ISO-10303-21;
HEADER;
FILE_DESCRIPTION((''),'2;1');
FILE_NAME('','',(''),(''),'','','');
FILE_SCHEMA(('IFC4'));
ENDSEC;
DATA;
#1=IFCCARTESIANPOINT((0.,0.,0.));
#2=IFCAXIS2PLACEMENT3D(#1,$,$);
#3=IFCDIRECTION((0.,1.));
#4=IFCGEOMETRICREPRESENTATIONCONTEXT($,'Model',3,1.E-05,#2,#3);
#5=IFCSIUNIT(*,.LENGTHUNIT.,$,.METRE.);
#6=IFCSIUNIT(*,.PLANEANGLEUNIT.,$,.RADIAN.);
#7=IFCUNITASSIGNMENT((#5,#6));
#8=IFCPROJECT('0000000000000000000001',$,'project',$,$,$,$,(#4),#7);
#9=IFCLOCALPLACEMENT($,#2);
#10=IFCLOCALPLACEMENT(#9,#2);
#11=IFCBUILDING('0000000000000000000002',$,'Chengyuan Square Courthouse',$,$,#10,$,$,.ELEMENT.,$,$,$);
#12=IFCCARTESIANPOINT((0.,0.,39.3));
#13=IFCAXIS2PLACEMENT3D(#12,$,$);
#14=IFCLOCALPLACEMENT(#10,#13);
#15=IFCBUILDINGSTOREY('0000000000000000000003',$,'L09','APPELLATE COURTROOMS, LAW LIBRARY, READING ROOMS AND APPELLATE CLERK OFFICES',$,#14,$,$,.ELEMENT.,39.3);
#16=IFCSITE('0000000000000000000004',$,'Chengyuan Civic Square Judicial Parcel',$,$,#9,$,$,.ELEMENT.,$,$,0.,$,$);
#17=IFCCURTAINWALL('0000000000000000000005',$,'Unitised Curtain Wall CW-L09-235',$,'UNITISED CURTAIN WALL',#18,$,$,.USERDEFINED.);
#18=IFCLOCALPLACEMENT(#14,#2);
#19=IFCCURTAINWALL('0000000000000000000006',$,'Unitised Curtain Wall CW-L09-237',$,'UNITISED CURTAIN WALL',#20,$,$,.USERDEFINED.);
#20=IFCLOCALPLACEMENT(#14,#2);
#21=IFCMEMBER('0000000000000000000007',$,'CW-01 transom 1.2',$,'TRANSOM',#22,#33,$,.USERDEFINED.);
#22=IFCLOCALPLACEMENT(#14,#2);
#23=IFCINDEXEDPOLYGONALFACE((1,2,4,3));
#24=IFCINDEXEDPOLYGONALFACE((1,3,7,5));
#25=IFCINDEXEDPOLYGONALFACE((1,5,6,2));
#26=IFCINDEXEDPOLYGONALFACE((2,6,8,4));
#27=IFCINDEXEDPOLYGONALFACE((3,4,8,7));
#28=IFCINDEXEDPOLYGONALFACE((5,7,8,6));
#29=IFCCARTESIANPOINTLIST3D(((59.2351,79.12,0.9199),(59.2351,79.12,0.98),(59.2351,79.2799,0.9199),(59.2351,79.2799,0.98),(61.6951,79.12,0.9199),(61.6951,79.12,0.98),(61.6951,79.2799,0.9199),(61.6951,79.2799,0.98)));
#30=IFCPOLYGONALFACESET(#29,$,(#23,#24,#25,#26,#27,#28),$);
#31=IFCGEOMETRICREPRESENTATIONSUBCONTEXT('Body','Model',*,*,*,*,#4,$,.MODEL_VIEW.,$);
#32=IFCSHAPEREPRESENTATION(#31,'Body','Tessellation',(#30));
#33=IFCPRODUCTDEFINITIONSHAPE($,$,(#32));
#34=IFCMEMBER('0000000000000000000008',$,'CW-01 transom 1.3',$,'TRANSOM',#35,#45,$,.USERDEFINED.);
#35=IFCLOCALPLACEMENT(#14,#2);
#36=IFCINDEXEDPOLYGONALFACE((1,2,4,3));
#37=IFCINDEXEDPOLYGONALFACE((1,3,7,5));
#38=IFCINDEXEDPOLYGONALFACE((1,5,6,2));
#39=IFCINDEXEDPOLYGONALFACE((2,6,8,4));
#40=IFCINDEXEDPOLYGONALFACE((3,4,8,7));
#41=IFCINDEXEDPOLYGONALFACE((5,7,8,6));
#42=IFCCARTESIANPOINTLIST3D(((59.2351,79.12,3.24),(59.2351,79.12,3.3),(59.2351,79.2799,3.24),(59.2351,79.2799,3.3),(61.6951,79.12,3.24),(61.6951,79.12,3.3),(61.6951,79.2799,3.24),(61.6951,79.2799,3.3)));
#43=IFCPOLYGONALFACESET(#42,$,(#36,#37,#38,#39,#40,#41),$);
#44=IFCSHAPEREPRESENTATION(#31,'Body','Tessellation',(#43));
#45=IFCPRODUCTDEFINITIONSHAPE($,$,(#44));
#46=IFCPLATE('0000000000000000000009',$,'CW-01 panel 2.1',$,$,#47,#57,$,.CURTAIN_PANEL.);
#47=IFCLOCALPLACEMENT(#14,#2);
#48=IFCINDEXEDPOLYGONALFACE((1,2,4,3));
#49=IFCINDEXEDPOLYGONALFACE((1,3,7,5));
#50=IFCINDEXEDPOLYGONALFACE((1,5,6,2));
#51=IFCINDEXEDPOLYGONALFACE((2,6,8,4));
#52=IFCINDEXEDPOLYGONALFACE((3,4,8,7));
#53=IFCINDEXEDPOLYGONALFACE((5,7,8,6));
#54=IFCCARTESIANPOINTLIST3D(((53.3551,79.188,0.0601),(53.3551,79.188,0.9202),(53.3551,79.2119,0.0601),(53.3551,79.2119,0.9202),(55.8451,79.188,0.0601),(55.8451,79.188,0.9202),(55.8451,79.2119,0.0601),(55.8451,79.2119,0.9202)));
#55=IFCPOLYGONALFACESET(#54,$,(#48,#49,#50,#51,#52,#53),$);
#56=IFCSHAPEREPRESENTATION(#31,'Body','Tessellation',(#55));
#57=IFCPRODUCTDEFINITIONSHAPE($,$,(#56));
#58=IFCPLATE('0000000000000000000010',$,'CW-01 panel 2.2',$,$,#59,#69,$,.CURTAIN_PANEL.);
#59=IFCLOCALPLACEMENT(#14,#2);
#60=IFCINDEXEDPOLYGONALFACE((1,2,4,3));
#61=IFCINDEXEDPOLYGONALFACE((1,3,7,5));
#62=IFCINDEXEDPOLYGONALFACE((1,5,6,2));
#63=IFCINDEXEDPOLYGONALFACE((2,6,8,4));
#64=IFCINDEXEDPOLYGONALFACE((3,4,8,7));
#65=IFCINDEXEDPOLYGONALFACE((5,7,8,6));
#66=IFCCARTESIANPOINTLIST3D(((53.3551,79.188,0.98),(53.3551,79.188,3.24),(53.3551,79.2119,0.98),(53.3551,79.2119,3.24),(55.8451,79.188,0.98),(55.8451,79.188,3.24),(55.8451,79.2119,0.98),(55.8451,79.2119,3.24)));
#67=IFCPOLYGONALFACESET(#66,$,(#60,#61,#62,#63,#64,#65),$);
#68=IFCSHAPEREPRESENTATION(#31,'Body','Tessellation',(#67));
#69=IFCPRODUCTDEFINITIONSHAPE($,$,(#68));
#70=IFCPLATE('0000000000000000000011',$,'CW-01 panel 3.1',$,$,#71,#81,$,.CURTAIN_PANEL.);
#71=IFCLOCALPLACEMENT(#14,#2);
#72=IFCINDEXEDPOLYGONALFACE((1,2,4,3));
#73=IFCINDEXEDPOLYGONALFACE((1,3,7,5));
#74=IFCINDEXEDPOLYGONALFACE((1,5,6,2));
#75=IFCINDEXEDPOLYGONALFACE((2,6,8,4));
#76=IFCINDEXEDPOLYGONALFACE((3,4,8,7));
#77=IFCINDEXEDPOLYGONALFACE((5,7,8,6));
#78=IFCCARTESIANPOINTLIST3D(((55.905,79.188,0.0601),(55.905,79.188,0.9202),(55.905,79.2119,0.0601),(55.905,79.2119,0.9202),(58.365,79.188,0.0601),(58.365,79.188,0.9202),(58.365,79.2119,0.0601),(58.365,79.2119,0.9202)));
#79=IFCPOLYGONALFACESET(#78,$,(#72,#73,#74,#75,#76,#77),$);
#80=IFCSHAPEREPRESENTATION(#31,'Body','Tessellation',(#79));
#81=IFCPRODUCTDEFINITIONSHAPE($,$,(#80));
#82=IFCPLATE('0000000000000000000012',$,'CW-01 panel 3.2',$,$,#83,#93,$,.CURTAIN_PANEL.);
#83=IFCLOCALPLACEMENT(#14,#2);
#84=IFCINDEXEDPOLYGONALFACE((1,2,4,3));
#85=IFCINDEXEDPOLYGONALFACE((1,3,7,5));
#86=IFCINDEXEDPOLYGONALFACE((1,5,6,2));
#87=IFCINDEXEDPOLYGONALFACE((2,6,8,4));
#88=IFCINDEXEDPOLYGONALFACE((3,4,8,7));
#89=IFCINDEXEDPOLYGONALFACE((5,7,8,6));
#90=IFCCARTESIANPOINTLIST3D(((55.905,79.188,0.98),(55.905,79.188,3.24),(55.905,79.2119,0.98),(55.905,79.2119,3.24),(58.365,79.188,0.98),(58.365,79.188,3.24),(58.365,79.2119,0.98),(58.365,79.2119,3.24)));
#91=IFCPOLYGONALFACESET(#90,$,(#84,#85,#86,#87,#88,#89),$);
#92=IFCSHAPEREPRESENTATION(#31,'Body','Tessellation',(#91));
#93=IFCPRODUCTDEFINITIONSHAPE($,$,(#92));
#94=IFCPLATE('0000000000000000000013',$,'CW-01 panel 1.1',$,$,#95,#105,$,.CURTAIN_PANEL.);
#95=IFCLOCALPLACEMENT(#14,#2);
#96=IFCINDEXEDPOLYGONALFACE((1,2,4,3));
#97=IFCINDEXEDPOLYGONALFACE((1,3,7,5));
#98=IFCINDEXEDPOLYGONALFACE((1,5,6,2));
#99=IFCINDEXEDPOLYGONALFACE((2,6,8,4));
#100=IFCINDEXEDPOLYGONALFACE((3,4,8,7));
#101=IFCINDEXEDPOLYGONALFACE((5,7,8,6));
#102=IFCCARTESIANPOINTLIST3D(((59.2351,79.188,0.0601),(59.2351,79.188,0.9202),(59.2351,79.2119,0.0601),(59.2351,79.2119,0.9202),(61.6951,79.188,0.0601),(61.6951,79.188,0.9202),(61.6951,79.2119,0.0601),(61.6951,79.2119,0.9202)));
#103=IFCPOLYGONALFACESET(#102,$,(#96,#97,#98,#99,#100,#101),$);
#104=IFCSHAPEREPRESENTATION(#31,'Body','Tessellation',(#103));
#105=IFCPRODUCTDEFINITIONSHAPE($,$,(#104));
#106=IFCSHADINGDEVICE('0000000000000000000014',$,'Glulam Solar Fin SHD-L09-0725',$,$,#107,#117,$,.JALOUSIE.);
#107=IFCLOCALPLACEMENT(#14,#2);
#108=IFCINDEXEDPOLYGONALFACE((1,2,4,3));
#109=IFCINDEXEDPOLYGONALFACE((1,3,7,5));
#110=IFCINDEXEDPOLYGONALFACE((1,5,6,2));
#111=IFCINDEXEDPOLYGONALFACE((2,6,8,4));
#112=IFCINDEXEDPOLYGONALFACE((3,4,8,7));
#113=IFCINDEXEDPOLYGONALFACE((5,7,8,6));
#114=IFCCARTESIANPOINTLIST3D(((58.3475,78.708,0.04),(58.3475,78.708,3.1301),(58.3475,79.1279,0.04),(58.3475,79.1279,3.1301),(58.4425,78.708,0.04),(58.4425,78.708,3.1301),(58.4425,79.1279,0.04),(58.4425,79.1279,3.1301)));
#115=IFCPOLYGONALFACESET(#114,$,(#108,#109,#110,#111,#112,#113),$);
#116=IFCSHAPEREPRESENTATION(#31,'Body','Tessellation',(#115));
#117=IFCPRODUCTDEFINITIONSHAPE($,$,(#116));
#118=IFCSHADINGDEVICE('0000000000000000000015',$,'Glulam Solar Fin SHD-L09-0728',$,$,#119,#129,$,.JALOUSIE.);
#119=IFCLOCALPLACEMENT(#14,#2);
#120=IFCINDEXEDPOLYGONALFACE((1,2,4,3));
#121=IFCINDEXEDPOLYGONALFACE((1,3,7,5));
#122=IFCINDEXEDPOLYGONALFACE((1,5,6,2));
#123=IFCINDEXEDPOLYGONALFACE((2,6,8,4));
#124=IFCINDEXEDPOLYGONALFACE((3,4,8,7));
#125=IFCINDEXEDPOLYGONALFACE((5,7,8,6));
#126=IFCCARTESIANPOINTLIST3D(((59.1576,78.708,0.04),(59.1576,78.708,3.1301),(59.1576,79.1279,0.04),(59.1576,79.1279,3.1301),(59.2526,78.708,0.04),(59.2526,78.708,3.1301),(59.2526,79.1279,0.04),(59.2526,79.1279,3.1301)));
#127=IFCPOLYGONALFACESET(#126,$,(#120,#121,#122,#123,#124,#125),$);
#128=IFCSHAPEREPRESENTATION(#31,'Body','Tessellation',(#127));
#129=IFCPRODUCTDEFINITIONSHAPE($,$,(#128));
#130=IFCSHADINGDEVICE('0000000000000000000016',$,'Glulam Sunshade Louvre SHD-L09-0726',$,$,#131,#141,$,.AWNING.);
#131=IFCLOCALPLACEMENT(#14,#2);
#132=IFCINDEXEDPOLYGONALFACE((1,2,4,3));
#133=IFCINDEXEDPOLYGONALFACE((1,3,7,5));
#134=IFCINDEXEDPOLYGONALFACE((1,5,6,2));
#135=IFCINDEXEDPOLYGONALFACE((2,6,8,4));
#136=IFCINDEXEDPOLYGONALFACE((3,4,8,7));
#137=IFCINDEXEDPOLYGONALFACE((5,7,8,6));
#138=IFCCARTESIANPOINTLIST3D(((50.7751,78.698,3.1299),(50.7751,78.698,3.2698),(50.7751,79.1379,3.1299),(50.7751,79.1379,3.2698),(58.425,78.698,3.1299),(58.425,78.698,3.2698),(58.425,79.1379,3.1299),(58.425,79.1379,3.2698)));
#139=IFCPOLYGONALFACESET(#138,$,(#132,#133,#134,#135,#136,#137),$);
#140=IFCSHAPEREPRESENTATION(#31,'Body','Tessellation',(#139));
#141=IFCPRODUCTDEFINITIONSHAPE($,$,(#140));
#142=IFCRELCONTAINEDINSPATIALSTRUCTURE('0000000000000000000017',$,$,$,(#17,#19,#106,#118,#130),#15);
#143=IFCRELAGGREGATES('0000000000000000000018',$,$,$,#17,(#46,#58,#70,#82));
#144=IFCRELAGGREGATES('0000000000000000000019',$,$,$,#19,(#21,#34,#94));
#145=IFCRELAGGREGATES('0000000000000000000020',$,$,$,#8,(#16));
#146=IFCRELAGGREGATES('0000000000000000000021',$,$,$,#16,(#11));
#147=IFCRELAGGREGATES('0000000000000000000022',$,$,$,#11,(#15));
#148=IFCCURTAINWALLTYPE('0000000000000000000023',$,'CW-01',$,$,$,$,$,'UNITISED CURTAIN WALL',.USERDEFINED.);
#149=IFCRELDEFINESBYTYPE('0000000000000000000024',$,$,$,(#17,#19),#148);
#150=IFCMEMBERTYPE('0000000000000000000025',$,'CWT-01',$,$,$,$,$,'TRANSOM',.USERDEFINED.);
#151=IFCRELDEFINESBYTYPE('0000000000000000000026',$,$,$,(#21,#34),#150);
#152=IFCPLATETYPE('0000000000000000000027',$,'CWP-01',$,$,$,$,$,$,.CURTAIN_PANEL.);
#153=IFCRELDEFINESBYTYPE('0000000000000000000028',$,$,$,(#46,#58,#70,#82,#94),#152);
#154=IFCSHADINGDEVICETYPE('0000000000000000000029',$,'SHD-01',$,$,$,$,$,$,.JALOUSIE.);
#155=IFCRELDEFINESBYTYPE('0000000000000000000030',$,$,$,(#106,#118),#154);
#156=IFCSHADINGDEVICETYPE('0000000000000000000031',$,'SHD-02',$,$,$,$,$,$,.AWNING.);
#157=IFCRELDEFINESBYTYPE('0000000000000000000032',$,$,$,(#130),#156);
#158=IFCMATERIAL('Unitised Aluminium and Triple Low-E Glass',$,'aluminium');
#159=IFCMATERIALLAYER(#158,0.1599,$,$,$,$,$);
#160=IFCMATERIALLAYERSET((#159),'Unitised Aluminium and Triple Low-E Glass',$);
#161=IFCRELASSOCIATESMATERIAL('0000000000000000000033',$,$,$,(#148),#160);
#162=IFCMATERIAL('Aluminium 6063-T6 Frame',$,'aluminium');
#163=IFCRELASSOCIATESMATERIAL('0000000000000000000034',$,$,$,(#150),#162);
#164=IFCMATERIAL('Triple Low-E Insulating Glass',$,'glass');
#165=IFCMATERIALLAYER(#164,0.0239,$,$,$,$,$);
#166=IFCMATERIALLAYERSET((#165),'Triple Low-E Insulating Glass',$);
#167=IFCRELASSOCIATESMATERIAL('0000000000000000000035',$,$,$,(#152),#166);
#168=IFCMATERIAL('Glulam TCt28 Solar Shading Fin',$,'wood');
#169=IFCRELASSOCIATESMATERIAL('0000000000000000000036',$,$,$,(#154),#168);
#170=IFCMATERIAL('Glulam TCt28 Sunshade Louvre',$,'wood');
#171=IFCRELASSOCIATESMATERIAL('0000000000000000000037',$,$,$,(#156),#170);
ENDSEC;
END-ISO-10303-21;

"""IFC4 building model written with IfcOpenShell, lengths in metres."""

from ifc_helpers import new_model, si_unit, direction, frame, origin, origin_2d, place, context, subcontext, project, spatial, rectangle, extrude, material, layer, layer_set, material_profile, profile_set, type_object, element, aggregate, save


model = new_model("IFC4")

# Units and contexts
model_context = context("Model", 3, precision=1e-05, world=origin(), true_north=direction((0.0, 1.0)))
body_context = subcontext(model_context, "Body", "Model", "MODEL_VIEW")
ifc_project = project(units=[si_unit("LENGTHUNIT", "METRE"), si_unit("PLANEANGLEUNIT", "RADIAN")], contexts=[model_context])

# Site, building, storey
site_placement = place(None, origin())
site = spatial("IfcSite", under=ifc_project, at=site_placement, Name="Chengyuan Civic Square Judicial Parcel", CompositionType="ELEMENT", RefElevation=0.0)
building_placement = place(site_placement, origin())
building = spatial("IfcBuilding", under=site, at=building_placement, Name="Chengyuan Square Courthouse", CompositionType="ELEMENT")
storey_placement = place(building_placement, frame((0.0, 0.0, 39.3)))
storey = spatial("IfcBuildingStorey", under=building, at=storey_placement, Name="L09", Description="APPELLATE COURTROOMS, LAW LIBRARY, READING ROOMS AND APPELLATE CLERK OFFICES", CompositionType="ELEMENT", Elevation=39.3)

# Curtain wall
ifc_material_1 = material(Name="Unitised Aluminium and Triple Low-E Glass", Category="aluminium")
ifc_layer_1 = layer(ifc_material_1, 0.1599)
ifc_layer_set_1 = layer_set([ifc_layer_1], Name="Unitised Aluminium and Triple Low-E Glass")
curtain_wall_type = type_object("IfcCurtainWallType", Name="CW-01", ElementType="UNITISED CURTAIN WALL", PredefinedType="USERDEFINED", material=ifc_layer_set_1)
curtain_wall_1_placement = place(storey_placement, origin())
curtain_wall_1 = element("IfcCurtainWall", 1, at=curtain_wall_1_placement, inside=storey, type_object=curtain_wall_type, Name="Unitised Curtain Wall CW-L09-235", ObjectType="UNITISED CURTAIN WALL", PredefinedType="USERDEFINED")
ifc_material_2 = material(Name="Aluminium 6063-T6 Frame", Category="aluminium")

# Curtain wall
curtain_wall_2_placement = place(storey_placement, origin())
curtain_wall_2 = element("IfcCurtainWall", 2, at=curtain_wall_2_placement, inside=storey, type_object=curtain_wall_type, Name="Unitised Curtain Wall CW-L09-237", ObjectType="UNITISED CURTAIN WALL", PredefinedType="USERDEFINED")

# Members
ifc_material_profile_1 = material_profile(ifc_material_2, rectangle(XDim=0.1599, YDim=0.0601, at=origin_2d()), Name="CW-TRN-60x120")
ifc_profile_set_1 = profile_set([ifc_material_profile_1], Name="Aluminium 6063-T6 Frame")
member_type_1 = type_object("IfcMemberType", Name="CWT-01", ElementType="TRANSOM", PredefinedType="USERDEFINED", material=ifc_profile_set_1)
member_1_placement = place(storey_placement, frame((59.2351, 79.2, 0.95), z_axis=(1.0, 0.0, 0.0), x_axis=(0.0, 1.0, 0.0)))
member_1 = element("IfcMember", 3, at=member_1_placement, type_object=member_type_1, Name="CW-01 transom 1.2", ObjectType="TRANSOM", PredefinedType="USERDEFINED", context=body_context, shape_type="SweptSolid", body=[
    extrude(rectangle(XDim=0.1599, YDim=0.0601, at=origin_2d()), origin(), (0.0, 0.0, 1.0), 2.46),
])
member_2_placement = place(storey_placement, frame((59.2351, 79.2, 3.27), z_axis=(1.0, 0.0, 0.0), x_axis=(0.0, 1.0, 0.0)))
member_2 = element("IfcMember", 4, at=member_2_placement, type_object=member_type_1, Name="CW-01 transom 1.3", ObjectType="TRANSOM", PredefinedType="USERDEFINED", context=body_context, shape_type="SweptSolid", body=[
    extrude(rectangle(XDim=0.1599, YDim=0.0601, at=origin_2d()), origin(), (0.0, 0.0, 1.0), 2.46),
])

# Plates
ifc_material_3 = material(Name="Triple Low-E Insulating Glass", Category="glass")
ifc_layer_2 = layer(ifc_material_3, 0.0239)
ifc_layer_set_2 = layer_set([ifc_layer_2], Name="Triple Low-E Insulating Glass")
plate_type = type_object("IfcPlateType", Name="CWP-01", PredefinedType="CURTAIN_PANEL", material=ifc_layer_set_2)
plate_1_placement = place(storey_placement, frame((54.6001, 79.2, 0.0601), z_axis=(0.0, 0.0, 1.0), x_axis=(1.0, 0.0, 0.0)))
plate_1 = element("IfcPlate", 5, at=plate_1_placement, type_object=plate_type, Name="CW-01 panel 2.1", PredefinedType="CURTAIN_PANEL", context=body_context, shape_type="SweptSolid", body=[
    extrude(rectangle(XDim=2.49, YDim=0.0239, at=origin_2d()), origin(), (0.0, 0.0, 1.0), 0.8601),
])
plate_2_placement = place(storey_placement, frame((54.6001, 79.2, 0.98), z_axis=(0.0, 0.0, 1.0), x_axis=(1.0, 0.0, 0.0)))
plate_2 = element("IfcPlate", 6, at=plate_2_placement, type_object=plate_type, Name="CW-01 panel 2.2", PredefinedType="CURTAIN_PANEL", context=body_context, shape_type="SweptSolid", body=[
    extrude(rectangle(XDim=2.49, YDim=0.0239, at=origin_2d()), origin(), (0.0, 0.0, 1.0), 2.26),
])
plate_3_placement = place(storey_placement, frame((57.135, 79.2, 0.0601), z_axis=(0.0, 0.0, 1.0), x_axis=(1.0, 0.0, 0.0)))
plate_3 = element("IfcPlate", 7, at=plate_3_placement, type_object=plate_type, Name="CW-01 panel 3.1", PredefinedType="CURTAIN_PANEL", context=body_context, shape_type="SweptSolid", body=[
    extrude(rectangle(XDim=2.46, YDim=0.0239, at=origin_2d()), origin(), (0.0, 0.0, 1.0), 0.8601),
])
plate_4_placement = place(storey_placement, frame((57.135, 79.2, 0.98), z_axis=(0.0, 0.0, 1.0), x_axis=(1.0, 0.0, 0.0)))
plate_4 = element("IfcPlate", 8, at=plate_4_placement, type_object=plate_type, Name="CW-01 panel 3.2", PredefinedType="CURTAIN_PANEL", context=body_context, shape_type="SweptSolid", body=[
    extrude(rectangle(XDim=2.46, YDim=0.0239, at=origin_2d()), origin(), (0.0, 0.0, 1.0), 2.26),
])
aggregate(curtain_wall_1, [plate_1, plate_2, plate_3, plate_4])
plate_5_placement = place(storey_placement, frame((60.4651, 79.2, 0.0601), z_axis=(0.0, 0.0, 1.0), x_axis=(1.0, 0.0, 0.0)))
plate_5 = element("IfcPlate", 9, at=plate_5_placement, type_object=plate_type, Name="CW-01 panel 1.1", PredefinedType="CURTAIN_PANEL", context=body_context, shape_type="SweptSolid", body=[
    extrude(rectangle(XDim=2.46, YDim=0.0239, at=origin_2d()), origin(), (0.0, 0.0, 1.0), 0.8601),
])
aggregate(curtain_wall_2, [member_1, member_2, plate_5])

# Shading devices
ifc_material_4 = material(Name="Glulam TCt28 Solar Shading Fin", Category="wood")
shading_device_type_1 = type_object("IfcShadingDeviceType", Name="SHD-01", PredefinedType="JALOUSIE", material=ifc_material_4)
for number, where, z_axis, x_axis, name in (
    (10, (58.395, 78.918, 0.04), (0.0, 0.0, 1.0), (0.0, 1.0, 0.0), "Glulam Solar Fin SHD-L09-0725"),
    (11, (59.2051, 78.918, 0.04), (0.0, 0.0, 1.0), (0.0, 1.0, 0.0), "Glulam Solar Fin SHD-L09-0728"),
):
    element("IfcShadingDevice", number, at=place(storey_placement, frame(where, z_axis=z_axis, x_axis=x_axis)), inside=storey, type_object=shading_device_type_1, Name=name, PredefinedType="JALOUSIE", context=body_context, shape_type="SweptSolid", body=[
        extrude(rectangle(XDim=0.4199, YDim=0.095, at=origin_2d()), origin(), (0.0, 0.0, 1.0), 3.0901),
    ])
ifc_material_5 = material(Name="Glulam TCt28 Sunshade Louvre", Category="wood")
shading_device_type_2 = type_object("IfcShadingDeviceType", Name="SHD-02", PredefinedType="AWNING", material=ifc_material_5)
shading_device_placement = place(storey_placement, frame((54.6001, 78.918, 3.1299), z_axis=(0.0, 0.0, 1.0), x_axis=(1.0, 0.0, 0.0)))
element("IfcShadingDevice", 12, at=shading_device_placement, inside=storey, type_object=shading_device_type_2, Name="Glulam Sunshade Louvre SHD-L09-0726", PredefinedType="AWNING", context=body_context, shape_type="SweptSolid", body=[
    extrude(rectangle(XDim=7.6499, YDim=0.4399, at=origin_2d()), origin(), (0.0, 0.0, 1.0), 0.1399),
])

save(model, "model.ifc")
